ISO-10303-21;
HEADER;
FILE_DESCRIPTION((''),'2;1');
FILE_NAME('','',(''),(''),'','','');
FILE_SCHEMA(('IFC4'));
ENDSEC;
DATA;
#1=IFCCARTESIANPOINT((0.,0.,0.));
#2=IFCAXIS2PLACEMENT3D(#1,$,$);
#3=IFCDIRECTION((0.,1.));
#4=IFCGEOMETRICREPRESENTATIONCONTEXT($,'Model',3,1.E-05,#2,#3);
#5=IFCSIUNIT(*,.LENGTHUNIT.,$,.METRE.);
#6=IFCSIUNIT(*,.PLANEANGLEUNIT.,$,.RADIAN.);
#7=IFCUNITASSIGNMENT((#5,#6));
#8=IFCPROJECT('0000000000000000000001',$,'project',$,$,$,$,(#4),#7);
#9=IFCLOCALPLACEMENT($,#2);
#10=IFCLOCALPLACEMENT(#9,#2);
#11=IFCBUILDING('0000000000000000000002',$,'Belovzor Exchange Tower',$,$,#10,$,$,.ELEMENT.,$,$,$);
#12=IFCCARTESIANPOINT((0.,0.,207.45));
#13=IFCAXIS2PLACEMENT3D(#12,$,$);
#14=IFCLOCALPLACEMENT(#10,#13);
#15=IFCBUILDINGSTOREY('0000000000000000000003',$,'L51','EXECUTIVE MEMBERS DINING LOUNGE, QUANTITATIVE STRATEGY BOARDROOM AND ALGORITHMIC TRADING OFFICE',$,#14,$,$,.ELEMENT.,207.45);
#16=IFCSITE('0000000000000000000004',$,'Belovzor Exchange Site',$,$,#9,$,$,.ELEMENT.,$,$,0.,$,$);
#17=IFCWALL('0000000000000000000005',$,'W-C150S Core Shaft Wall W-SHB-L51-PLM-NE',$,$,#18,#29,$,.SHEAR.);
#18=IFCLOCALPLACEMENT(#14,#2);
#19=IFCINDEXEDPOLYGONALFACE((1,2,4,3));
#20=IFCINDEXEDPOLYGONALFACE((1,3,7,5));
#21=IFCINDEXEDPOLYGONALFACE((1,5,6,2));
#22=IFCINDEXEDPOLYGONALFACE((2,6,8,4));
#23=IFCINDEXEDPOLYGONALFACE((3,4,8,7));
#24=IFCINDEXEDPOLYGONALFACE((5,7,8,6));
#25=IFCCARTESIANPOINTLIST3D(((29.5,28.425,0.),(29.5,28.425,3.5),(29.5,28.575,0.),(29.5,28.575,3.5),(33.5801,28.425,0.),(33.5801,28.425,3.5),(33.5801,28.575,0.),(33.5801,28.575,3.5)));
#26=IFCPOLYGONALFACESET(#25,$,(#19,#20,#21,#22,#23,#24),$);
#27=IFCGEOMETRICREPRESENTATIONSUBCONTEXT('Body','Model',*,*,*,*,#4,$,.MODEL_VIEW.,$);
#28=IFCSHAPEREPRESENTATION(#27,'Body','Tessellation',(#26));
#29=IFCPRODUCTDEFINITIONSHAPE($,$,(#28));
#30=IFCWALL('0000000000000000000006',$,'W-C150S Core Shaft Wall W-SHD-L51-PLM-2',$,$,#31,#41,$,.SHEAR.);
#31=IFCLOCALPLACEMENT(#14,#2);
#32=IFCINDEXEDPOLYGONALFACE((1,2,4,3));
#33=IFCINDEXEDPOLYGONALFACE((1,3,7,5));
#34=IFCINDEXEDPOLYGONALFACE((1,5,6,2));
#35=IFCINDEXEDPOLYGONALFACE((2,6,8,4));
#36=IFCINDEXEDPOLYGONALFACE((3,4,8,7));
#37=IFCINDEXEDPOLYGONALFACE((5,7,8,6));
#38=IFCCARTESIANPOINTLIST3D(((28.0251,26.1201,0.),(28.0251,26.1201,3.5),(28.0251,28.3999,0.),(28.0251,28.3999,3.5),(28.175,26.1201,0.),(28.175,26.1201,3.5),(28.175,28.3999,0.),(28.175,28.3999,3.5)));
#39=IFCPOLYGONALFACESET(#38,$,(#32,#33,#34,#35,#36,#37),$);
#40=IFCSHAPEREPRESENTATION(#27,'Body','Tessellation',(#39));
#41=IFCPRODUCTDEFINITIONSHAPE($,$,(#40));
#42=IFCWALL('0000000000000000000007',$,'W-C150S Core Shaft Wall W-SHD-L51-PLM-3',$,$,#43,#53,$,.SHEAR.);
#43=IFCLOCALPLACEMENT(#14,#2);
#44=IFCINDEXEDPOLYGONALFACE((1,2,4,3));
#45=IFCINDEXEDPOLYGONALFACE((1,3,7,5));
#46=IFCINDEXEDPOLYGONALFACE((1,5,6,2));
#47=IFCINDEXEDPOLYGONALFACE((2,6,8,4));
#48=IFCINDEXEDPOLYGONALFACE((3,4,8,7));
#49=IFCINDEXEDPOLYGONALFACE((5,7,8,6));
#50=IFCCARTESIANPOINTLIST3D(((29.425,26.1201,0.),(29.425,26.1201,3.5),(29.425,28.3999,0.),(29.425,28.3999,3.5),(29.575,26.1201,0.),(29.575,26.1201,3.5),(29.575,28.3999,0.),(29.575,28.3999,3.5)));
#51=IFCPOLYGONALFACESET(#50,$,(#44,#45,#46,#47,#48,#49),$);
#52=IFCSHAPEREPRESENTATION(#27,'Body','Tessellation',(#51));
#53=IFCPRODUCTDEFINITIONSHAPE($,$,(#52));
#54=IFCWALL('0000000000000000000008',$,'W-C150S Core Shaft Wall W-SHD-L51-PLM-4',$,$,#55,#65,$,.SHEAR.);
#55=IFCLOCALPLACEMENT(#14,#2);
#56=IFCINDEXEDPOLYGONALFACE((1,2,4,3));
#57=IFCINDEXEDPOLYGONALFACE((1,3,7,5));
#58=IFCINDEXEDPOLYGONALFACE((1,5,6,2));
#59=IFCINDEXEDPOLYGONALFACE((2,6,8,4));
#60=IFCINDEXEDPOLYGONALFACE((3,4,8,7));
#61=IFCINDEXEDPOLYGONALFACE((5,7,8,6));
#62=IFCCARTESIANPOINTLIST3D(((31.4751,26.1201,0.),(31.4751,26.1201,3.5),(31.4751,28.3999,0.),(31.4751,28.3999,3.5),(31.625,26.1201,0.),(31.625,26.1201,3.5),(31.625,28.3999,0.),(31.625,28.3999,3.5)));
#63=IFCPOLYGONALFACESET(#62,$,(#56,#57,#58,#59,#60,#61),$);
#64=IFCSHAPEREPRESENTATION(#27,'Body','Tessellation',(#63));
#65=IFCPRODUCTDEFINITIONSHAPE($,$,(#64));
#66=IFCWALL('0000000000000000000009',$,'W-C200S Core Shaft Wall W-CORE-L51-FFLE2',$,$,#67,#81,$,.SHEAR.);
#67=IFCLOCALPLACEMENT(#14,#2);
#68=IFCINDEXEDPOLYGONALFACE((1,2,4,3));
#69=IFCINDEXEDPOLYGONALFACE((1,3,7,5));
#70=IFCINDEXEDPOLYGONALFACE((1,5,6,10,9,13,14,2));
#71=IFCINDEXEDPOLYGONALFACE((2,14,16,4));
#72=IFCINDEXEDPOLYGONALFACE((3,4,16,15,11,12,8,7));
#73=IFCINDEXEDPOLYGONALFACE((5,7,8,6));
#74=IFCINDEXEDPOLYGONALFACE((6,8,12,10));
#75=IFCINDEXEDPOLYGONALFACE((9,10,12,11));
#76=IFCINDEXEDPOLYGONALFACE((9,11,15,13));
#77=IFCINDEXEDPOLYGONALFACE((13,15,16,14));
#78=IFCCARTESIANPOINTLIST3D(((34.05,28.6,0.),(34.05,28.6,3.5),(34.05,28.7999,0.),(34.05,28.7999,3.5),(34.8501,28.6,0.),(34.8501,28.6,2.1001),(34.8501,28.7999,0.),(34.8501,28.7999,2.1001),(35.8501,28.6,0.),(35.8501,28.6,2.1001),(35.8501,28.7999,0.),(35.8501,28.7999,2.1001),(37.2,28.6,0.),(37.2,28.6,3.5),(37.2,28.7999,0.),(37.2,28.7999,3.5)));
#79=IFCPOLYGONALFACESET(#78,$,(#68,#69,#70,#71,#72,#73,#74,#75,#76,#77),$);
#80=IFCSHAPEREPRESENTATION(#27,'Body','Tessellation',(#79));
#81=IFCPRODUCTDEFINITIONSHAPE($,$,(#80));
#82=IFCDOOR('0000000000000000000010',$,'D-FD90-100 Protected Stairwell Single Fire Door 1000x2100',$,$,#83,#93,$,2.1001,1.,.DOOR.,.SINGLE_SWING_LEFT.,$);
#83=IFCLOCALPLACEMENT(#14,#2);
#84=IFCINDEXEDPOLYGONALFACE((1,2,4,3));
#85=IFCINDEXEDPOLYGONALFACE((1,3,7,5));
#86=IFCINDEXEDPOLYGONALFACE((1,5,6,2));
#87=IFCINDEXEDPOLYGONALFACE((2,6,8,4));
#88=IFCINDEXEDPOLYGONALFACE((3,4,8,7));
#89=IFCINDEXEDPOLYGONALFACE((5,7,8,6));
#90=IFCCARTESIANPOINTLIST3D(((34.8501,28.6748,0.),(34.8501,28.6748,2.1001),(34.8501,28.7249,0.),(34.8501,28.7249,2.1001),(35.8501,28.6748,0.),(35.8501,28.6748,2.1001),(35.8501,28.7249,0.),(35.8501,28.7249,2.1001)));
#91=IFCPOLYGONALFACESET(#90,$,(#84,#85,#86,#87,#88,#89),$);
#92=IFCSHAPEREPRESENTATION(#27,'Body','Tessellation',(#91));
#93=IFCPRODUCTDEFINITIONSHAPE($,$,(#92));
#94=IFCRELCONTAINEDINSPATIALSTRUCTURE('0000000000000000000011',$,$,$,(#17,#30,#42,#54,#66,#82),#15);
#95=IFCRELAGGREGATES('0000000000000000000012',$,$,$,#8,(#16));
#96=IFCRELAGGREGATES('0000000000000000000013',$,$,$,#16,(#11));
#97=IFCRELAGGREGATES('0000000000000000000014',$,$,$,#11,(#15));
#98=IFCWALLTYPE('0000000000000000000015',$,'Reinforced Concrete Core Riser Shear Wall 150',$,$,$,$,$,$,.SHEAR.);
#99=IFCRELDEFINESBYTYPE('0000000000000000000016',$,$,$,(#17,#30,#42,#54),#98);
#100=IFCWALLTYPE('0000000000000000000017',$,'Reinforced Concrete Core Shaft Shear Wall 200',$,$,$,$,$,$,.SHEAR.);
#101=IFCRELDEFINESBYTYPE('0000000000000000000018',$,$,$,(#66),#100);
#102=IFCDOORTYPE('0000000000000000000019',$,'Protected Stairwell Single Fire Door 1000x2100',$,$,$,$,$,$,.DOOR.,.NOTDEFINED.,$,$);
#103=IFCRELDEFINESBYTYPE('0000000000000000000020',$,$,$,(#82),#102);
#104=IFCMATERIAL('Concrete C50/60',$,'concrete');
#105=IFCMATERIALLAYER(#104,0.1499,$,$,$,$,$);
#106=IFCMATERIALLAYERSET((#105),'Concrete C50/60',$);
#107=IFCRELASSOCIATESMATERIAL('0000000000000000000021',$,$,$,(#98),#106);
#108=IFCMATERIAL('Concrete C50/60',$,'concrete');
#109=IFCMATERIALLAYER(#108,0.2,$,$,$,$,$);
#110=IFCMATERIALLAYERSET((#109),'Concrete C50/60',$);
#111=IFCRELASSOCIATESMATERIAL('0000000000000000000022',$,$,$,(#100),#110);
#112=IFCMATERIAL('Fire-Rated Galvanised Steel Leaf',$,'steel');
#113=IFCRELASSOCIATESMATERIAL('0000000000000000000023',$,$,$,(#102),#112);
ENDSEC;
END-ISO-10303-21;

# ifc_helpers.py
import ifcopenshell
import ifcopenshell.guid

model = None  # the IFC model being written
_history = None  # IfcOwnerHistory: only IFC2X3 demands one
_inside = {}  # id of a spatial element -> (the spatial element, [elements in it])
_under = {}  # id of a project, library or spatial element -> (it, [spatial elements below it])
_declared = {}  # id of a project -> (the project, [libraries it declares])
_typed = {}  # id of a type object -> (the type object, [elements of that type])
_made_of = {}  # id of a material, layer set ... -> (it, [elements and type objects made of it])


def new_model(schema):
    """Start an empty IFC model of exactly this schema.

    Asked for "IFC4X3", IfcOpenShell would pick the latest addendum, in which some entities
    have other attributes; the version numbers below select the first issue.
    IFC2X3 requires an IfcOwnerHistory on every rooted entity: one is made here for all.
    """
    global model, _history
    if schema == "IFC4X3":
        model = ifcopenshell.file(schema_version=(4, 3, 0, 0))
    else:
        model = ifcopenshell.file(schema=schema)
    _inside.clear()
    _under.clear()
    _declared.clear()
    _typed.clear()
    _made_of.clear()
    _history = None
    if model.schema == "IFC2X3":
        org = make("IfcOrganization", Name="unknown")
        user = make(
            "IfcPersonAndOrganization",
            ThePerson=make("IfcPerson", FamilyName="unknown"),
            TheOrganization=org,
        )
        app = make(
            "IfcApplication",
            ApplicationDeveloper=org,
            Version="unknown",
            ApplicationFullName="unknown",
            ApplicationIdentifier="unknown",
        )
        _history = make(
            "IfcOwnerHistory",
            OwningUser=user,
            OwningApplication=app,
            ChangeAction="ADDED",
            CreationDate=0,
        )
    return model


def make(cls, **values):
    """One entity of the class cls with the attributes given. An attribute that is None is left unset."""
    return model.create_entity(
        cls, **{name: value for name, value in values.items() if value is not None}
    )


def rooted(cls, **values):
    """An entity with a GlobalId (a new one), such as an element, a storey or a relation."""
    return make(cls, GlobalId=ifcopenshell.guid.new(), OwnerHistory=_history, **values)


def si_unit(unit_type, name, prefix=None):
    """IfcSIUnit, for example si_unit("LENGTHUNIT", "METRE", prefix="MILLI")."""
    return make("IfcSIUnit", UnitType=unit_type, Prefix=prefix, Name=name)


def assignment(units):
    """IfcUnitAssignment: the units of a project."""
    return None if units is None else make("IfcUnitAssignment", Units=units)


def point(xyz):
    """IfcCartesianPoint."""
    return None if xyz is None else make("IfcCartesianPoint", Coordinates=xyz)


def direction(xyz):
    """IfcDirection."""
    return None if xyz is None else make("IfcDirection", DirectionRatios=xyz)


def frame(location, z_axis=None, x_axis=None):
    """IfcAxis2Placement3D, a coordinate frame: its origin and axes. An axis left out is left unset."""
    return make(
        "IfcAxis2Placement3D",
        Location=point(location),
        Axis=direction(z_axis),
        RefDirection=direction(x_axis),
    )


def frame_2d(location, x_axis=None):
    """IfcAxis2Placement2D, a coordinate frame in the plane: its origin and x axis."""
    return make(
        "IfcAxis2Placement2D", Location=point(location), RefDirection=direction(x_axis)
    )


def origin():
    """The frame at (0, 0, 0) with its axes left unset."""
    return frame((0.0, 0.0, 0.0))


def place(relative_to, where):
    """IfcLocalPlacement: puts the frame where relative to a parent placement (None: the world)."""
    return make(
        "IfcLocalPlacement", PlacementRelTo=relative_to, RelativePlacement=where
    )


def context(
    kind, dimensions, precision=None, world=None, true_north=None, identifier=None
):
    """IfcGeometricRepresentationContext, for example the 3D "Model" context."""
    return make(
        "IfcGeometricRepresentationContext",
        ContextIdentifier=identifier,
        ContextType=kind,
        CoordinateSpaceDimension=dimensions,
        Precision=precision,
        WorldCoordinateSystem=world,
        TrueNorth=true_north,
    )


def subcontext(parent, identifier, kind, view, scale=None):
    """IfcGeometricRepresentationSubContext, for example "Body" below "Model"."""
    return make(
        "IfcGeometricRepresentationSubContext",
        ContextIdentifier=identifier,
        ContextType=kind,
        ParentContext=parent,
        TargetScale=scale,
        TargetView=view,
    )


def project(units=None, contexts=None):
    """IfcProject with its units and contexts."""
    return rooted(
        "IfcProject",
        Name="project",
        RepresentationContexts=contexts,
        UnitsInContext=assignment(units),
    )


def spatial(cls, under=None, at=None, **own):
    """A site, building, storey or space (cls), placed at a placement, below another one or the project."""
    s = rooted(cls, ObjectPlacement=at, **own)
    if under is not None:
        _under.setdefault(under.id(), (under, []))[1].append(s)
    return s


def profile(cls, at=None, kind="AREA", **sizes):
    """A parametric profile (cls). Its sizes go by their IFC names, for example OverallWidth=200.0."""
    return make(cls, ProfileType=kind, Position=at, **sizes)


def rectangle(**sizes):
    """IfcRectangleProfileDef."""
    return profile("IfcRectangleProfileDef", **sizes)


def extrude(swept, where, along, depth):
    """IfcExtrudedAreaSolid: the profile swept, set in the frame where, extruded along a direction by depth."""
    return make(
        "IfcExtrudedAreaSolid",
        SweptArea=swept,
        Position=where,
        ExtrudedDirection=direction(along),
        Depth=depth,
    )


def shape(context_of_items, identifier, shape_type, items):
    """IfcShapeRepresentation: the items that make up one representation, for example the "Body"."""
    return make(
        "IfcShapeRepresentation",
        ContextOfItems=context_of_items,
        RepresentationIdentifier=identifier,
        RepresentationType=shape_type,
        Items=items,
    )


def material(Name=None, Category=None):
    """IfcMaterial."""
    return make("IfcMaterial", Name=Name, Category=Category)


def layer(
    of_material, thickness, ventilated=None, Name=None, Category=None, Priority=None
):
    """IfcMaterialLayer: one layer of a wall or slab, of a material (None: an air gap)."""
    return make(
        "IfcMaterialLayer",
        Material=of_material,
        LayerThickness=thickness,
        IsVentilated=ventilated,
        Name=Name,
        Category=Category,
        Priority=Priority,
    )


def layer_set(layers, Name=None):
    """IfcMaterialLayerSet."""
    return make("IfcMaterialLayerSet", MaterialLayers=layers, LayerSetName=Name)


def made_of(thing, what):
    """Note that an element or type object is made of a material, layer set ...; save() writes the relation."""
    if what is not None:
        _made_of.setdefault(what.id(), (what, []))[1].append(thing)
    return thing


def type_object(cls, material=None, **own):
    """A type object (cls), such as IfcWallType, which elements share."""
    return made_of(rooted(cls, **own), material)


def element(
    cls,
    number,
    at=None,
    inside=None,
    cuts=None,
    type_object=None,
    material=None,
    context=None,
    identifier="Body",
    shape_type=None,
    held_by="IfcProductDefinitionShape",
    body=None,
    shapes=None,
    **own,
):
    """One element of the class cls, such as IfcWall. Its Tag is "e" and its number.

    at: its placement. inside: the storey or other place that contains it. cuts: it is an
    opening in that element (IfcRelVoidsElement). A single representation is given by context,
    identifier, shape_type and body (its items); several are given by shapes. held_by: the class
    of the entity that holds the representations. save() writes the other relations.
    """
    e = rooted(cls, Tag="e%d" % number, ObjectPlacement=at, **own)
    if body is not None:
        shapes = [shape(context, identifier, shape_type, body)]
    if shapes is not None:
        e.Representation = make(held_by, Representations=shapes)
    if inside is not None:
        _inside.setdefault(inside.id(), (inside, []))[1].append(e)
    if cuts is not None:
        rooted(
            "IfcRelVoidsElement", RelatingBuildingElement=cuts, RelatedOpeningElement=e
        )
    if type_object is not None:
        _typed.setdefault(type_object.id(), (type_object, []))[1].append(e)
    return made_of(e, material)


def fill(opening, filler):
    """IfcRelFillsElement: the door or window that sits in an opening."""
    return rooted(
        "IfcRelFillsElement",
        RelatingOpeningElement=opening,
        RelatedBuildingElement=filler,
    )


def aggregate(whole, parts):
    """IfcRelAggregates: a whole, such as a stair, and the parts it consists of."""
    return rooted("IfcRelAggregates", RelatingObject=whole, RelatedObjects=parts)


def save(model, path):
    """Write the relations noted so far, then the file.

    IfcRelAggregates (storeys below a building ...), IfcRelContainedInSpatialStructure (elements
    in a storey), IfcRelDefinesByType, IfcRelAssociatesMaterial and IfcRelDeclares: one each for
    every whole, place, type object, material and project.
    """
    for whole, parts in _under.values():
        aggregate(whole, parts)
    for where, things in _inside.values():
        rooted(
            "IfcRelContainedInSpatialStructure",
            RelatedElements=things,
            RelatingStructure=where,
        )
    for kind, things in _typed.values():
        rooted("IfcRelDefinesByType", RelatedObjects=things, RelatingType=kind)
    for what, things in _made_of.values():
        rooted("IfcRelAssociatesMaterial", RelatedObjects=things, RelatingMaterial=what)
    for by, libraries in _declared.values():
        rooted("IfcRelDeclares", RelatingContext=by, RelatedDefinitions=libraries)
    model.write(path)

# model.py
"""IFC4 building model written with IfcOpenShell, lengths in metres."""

from ifc_helpers import new_model, si_unit, direction, frame, frame_2d, origin, place, context, subcontext, project, spatial, rectangle, extrude, material, layer, layer_set, type_object, element, fill, save


model = new_model("IFC4")

# Units and contexts
model_context = context("Model", 3, precision=1e-05, world=origin(), true_north=direction((0.0, 1.0)))
body_context = subcontext(model_context, "Body", "Model", "MODEL_VIEW")
ifc_project = project(units=[si_unit("LENGTHUNIT", "METRE"), si_unit("PLANEANGLEUNIT", "RADIAN")], contexts=[model_context])

# Site, building, storey
site_placement = place(None, origin())
site = spatial("IfcSite", under=ifc_project, at=site_placement, Name="Belovzor Exchange Site", CompositionType="ELEMENT", RefElevation=0.0)
building_placement = place(site_placement, origin())
building = spatial("IfcBuilding", under=site, at=building_placement, Name="Belovzor Exchange Tower", CompositionType="ELEMENT")
storey_placement = place(building_placement, frame((0.0, 0.0, 207.45)))
storey = spatial("IfcBuildingStorey", under=building, at=storey_placement, Name="L51", Description="EXECUTIVE MEMBERS DINING LOUNGE, QUANTITATIVE STRATEGY BOARDROOM AND ALGORITHMIC TRADING OFFICE", CompositionType="ELEMENT", Elevation=207.45)

# Walls
ifc_material_1 = material(Name="Concrete C50/60", Category="concrete")
ifc_layer_1 = layer(ifc_material_1, 0.1499)
ifc_layer_set_1 = layer_set([ifc_layer_1], Name="Concrete C50/60")
wall_type_1 = type_object("IfcWallType", Name="Reinforced Concrete Core Riser Shear Wall 150", PredefinedType="SHEAR", material=ifc_layer_set_1)
wall_1_placement = place(storey_placement, frame((29.5, 28.5, 0.0), z_axis=(0.0, 0.0, 1.0), x_axis=(1.0, 0.0, 0.0)))
element("IfcWall", 1, at=wall_1_placement, inside=storey, type_object=wall_type_1, Name="W-C150S Core Shaft Wall W-SHB-L51-PLM-NE", PredefinedType="SHEAR", context=body_context, shape_type="SweptSolid", body=[
    extrude(rectangle(XDim=4.0801, YDim=0.1499, at=frame_2d((2.04, 0.0))), origin(), (0.0, 0.0, 1.0), 3.5),
])
for number, where, z_axis, x_axis, name in (
    (2, (28.1001, 26.1201, 0.0), (0.0, 0.0, 1.0), (0.0, 1.0, 0.0), "W-C150S Core Shaft Wall W-SHD-L51-PLM-2"),
    (3, (29.5, 26.1201, 0.0), (0.0, 0.0, 1.0), (0.0, 1.0, 0.0), "W-C150S Core Shaft Wall W-SHD-L51-PLM-3"),
    (4, (31.55, 26.1201, 0.0), (0.0, 0.0, 1.0), (0.0, 1.0, 0.0), "W-C150S Core Shaft Wall W-SHD-L51-PLM-4"),
):
    element("IfcWall", number, at=place(storey_placement, frame(where, z_axis=z_axis, x_axis=x_axis)), inside=storey, type_object=wall_type_1, Name=name, PredefinedType="SHEAR", context=body_context, shape_type="SweptSolid", body=[
        extrude(rectangle(XDim=2.2798, YDim=0.1499, at=frame_2d((1.1399, 0.0))), origin(), (0.0, 0.0, 1.0), 3.5),
    ])

# Wall, opening, door
ifc_material_2 = material(Name="Concrete C50/60", Category="concrete")
ifc_layer_2 = layer(ifc_material_2, 0.2)
ifc_layer_set_2 = layer_set([ifc_layer_2], Name="Concrete C50/60")
wall_type_2 = type_object("IfcWallType", Name="Reinforced Concrete Core Shaft Shear Wall 200", PredefinedType="SHEAR", material=ifc_layer_set_2)
wall_2_placement = place(storey_placement, frame((34.05, 28.7, 0.0), z_axis=(0.0, 0.0, 1.0), x_axis=(1.0, 0.0, 0.0)))
wall_2 = element("IfcWall", 5, at=wall_2_placement, inside=storey, type_object=wall_type_2, Name="W-C200S Core Shaft Wall W-CORE-L51-FFLE2", PredefinedType="SHEAR", context=body_context, shape_type="SweptSolid", body=[
    extrude(rectangle(XDim=3.1499, YDim=0.2, at=frame_2d((1.575, 0.0))), origin(), (0.0, 0.0, 1.0), 3.5),
])
opening_1_placement = place(wall_2_placement, frame((0.8, 0.0, 0.0)))
opening_1 = element("IfcOpeningElement", 6, at=opening_1_placement, cuts=wall_2, PredefinedType="OPENING", context=body_context, shape_type="SweptSolid", body=[
    extrude(rectangle(XDim=1.0, YDim=2.1001, at=frame_2d((0.5, 1.05))), frame((0.0, 0.1099, 0.0), z_axis=(0.0, -1.0, 0.0), x_axis=(1.0, 0.0, 0.0)), (0.0, 0.0, 1.0), 0.22),
])
ifc_material_3 = material(Name="Fire-Rated Galvanised Steel Leaf", Category="steel")
door_type_1 = type_object("IfcDoorType", Name="Protected Stairwell Single Fire Door 1000x2100", OperationType="NOTDEFINED", PredefinedType="DOOR", material=ifc_material_3)
door_1_placement = place(opening_1_placement, origin())
door_1 = element("IfcDoor", 7, at=door_1_placement, inside=storey, type_object=door_type_1, Name="D-FD90-100 Protected Stairwell Single Fire Door 1000x2100", OperationType="SINGLE_SWING_LEFT", OverallHeight=2.1001, OverallWidth=1.0, PredefinedType="DOOR", context=body_context, shape_type="SweptSolid", body=[
    extrude(rectangle(XDim=1.0, YDim=2.1001, at=frame_2d((0.5, 1.05))), frame((0.0, 0.0249, 0.0), z_axis=(0.0, -1.0, 0.0), x_axis=(1.0, 0.0, 0.0)), (0.0, 0.0, 1.0), 0.05),
])
fill(opening_1, door_1)

save(model, "model.ifc")
